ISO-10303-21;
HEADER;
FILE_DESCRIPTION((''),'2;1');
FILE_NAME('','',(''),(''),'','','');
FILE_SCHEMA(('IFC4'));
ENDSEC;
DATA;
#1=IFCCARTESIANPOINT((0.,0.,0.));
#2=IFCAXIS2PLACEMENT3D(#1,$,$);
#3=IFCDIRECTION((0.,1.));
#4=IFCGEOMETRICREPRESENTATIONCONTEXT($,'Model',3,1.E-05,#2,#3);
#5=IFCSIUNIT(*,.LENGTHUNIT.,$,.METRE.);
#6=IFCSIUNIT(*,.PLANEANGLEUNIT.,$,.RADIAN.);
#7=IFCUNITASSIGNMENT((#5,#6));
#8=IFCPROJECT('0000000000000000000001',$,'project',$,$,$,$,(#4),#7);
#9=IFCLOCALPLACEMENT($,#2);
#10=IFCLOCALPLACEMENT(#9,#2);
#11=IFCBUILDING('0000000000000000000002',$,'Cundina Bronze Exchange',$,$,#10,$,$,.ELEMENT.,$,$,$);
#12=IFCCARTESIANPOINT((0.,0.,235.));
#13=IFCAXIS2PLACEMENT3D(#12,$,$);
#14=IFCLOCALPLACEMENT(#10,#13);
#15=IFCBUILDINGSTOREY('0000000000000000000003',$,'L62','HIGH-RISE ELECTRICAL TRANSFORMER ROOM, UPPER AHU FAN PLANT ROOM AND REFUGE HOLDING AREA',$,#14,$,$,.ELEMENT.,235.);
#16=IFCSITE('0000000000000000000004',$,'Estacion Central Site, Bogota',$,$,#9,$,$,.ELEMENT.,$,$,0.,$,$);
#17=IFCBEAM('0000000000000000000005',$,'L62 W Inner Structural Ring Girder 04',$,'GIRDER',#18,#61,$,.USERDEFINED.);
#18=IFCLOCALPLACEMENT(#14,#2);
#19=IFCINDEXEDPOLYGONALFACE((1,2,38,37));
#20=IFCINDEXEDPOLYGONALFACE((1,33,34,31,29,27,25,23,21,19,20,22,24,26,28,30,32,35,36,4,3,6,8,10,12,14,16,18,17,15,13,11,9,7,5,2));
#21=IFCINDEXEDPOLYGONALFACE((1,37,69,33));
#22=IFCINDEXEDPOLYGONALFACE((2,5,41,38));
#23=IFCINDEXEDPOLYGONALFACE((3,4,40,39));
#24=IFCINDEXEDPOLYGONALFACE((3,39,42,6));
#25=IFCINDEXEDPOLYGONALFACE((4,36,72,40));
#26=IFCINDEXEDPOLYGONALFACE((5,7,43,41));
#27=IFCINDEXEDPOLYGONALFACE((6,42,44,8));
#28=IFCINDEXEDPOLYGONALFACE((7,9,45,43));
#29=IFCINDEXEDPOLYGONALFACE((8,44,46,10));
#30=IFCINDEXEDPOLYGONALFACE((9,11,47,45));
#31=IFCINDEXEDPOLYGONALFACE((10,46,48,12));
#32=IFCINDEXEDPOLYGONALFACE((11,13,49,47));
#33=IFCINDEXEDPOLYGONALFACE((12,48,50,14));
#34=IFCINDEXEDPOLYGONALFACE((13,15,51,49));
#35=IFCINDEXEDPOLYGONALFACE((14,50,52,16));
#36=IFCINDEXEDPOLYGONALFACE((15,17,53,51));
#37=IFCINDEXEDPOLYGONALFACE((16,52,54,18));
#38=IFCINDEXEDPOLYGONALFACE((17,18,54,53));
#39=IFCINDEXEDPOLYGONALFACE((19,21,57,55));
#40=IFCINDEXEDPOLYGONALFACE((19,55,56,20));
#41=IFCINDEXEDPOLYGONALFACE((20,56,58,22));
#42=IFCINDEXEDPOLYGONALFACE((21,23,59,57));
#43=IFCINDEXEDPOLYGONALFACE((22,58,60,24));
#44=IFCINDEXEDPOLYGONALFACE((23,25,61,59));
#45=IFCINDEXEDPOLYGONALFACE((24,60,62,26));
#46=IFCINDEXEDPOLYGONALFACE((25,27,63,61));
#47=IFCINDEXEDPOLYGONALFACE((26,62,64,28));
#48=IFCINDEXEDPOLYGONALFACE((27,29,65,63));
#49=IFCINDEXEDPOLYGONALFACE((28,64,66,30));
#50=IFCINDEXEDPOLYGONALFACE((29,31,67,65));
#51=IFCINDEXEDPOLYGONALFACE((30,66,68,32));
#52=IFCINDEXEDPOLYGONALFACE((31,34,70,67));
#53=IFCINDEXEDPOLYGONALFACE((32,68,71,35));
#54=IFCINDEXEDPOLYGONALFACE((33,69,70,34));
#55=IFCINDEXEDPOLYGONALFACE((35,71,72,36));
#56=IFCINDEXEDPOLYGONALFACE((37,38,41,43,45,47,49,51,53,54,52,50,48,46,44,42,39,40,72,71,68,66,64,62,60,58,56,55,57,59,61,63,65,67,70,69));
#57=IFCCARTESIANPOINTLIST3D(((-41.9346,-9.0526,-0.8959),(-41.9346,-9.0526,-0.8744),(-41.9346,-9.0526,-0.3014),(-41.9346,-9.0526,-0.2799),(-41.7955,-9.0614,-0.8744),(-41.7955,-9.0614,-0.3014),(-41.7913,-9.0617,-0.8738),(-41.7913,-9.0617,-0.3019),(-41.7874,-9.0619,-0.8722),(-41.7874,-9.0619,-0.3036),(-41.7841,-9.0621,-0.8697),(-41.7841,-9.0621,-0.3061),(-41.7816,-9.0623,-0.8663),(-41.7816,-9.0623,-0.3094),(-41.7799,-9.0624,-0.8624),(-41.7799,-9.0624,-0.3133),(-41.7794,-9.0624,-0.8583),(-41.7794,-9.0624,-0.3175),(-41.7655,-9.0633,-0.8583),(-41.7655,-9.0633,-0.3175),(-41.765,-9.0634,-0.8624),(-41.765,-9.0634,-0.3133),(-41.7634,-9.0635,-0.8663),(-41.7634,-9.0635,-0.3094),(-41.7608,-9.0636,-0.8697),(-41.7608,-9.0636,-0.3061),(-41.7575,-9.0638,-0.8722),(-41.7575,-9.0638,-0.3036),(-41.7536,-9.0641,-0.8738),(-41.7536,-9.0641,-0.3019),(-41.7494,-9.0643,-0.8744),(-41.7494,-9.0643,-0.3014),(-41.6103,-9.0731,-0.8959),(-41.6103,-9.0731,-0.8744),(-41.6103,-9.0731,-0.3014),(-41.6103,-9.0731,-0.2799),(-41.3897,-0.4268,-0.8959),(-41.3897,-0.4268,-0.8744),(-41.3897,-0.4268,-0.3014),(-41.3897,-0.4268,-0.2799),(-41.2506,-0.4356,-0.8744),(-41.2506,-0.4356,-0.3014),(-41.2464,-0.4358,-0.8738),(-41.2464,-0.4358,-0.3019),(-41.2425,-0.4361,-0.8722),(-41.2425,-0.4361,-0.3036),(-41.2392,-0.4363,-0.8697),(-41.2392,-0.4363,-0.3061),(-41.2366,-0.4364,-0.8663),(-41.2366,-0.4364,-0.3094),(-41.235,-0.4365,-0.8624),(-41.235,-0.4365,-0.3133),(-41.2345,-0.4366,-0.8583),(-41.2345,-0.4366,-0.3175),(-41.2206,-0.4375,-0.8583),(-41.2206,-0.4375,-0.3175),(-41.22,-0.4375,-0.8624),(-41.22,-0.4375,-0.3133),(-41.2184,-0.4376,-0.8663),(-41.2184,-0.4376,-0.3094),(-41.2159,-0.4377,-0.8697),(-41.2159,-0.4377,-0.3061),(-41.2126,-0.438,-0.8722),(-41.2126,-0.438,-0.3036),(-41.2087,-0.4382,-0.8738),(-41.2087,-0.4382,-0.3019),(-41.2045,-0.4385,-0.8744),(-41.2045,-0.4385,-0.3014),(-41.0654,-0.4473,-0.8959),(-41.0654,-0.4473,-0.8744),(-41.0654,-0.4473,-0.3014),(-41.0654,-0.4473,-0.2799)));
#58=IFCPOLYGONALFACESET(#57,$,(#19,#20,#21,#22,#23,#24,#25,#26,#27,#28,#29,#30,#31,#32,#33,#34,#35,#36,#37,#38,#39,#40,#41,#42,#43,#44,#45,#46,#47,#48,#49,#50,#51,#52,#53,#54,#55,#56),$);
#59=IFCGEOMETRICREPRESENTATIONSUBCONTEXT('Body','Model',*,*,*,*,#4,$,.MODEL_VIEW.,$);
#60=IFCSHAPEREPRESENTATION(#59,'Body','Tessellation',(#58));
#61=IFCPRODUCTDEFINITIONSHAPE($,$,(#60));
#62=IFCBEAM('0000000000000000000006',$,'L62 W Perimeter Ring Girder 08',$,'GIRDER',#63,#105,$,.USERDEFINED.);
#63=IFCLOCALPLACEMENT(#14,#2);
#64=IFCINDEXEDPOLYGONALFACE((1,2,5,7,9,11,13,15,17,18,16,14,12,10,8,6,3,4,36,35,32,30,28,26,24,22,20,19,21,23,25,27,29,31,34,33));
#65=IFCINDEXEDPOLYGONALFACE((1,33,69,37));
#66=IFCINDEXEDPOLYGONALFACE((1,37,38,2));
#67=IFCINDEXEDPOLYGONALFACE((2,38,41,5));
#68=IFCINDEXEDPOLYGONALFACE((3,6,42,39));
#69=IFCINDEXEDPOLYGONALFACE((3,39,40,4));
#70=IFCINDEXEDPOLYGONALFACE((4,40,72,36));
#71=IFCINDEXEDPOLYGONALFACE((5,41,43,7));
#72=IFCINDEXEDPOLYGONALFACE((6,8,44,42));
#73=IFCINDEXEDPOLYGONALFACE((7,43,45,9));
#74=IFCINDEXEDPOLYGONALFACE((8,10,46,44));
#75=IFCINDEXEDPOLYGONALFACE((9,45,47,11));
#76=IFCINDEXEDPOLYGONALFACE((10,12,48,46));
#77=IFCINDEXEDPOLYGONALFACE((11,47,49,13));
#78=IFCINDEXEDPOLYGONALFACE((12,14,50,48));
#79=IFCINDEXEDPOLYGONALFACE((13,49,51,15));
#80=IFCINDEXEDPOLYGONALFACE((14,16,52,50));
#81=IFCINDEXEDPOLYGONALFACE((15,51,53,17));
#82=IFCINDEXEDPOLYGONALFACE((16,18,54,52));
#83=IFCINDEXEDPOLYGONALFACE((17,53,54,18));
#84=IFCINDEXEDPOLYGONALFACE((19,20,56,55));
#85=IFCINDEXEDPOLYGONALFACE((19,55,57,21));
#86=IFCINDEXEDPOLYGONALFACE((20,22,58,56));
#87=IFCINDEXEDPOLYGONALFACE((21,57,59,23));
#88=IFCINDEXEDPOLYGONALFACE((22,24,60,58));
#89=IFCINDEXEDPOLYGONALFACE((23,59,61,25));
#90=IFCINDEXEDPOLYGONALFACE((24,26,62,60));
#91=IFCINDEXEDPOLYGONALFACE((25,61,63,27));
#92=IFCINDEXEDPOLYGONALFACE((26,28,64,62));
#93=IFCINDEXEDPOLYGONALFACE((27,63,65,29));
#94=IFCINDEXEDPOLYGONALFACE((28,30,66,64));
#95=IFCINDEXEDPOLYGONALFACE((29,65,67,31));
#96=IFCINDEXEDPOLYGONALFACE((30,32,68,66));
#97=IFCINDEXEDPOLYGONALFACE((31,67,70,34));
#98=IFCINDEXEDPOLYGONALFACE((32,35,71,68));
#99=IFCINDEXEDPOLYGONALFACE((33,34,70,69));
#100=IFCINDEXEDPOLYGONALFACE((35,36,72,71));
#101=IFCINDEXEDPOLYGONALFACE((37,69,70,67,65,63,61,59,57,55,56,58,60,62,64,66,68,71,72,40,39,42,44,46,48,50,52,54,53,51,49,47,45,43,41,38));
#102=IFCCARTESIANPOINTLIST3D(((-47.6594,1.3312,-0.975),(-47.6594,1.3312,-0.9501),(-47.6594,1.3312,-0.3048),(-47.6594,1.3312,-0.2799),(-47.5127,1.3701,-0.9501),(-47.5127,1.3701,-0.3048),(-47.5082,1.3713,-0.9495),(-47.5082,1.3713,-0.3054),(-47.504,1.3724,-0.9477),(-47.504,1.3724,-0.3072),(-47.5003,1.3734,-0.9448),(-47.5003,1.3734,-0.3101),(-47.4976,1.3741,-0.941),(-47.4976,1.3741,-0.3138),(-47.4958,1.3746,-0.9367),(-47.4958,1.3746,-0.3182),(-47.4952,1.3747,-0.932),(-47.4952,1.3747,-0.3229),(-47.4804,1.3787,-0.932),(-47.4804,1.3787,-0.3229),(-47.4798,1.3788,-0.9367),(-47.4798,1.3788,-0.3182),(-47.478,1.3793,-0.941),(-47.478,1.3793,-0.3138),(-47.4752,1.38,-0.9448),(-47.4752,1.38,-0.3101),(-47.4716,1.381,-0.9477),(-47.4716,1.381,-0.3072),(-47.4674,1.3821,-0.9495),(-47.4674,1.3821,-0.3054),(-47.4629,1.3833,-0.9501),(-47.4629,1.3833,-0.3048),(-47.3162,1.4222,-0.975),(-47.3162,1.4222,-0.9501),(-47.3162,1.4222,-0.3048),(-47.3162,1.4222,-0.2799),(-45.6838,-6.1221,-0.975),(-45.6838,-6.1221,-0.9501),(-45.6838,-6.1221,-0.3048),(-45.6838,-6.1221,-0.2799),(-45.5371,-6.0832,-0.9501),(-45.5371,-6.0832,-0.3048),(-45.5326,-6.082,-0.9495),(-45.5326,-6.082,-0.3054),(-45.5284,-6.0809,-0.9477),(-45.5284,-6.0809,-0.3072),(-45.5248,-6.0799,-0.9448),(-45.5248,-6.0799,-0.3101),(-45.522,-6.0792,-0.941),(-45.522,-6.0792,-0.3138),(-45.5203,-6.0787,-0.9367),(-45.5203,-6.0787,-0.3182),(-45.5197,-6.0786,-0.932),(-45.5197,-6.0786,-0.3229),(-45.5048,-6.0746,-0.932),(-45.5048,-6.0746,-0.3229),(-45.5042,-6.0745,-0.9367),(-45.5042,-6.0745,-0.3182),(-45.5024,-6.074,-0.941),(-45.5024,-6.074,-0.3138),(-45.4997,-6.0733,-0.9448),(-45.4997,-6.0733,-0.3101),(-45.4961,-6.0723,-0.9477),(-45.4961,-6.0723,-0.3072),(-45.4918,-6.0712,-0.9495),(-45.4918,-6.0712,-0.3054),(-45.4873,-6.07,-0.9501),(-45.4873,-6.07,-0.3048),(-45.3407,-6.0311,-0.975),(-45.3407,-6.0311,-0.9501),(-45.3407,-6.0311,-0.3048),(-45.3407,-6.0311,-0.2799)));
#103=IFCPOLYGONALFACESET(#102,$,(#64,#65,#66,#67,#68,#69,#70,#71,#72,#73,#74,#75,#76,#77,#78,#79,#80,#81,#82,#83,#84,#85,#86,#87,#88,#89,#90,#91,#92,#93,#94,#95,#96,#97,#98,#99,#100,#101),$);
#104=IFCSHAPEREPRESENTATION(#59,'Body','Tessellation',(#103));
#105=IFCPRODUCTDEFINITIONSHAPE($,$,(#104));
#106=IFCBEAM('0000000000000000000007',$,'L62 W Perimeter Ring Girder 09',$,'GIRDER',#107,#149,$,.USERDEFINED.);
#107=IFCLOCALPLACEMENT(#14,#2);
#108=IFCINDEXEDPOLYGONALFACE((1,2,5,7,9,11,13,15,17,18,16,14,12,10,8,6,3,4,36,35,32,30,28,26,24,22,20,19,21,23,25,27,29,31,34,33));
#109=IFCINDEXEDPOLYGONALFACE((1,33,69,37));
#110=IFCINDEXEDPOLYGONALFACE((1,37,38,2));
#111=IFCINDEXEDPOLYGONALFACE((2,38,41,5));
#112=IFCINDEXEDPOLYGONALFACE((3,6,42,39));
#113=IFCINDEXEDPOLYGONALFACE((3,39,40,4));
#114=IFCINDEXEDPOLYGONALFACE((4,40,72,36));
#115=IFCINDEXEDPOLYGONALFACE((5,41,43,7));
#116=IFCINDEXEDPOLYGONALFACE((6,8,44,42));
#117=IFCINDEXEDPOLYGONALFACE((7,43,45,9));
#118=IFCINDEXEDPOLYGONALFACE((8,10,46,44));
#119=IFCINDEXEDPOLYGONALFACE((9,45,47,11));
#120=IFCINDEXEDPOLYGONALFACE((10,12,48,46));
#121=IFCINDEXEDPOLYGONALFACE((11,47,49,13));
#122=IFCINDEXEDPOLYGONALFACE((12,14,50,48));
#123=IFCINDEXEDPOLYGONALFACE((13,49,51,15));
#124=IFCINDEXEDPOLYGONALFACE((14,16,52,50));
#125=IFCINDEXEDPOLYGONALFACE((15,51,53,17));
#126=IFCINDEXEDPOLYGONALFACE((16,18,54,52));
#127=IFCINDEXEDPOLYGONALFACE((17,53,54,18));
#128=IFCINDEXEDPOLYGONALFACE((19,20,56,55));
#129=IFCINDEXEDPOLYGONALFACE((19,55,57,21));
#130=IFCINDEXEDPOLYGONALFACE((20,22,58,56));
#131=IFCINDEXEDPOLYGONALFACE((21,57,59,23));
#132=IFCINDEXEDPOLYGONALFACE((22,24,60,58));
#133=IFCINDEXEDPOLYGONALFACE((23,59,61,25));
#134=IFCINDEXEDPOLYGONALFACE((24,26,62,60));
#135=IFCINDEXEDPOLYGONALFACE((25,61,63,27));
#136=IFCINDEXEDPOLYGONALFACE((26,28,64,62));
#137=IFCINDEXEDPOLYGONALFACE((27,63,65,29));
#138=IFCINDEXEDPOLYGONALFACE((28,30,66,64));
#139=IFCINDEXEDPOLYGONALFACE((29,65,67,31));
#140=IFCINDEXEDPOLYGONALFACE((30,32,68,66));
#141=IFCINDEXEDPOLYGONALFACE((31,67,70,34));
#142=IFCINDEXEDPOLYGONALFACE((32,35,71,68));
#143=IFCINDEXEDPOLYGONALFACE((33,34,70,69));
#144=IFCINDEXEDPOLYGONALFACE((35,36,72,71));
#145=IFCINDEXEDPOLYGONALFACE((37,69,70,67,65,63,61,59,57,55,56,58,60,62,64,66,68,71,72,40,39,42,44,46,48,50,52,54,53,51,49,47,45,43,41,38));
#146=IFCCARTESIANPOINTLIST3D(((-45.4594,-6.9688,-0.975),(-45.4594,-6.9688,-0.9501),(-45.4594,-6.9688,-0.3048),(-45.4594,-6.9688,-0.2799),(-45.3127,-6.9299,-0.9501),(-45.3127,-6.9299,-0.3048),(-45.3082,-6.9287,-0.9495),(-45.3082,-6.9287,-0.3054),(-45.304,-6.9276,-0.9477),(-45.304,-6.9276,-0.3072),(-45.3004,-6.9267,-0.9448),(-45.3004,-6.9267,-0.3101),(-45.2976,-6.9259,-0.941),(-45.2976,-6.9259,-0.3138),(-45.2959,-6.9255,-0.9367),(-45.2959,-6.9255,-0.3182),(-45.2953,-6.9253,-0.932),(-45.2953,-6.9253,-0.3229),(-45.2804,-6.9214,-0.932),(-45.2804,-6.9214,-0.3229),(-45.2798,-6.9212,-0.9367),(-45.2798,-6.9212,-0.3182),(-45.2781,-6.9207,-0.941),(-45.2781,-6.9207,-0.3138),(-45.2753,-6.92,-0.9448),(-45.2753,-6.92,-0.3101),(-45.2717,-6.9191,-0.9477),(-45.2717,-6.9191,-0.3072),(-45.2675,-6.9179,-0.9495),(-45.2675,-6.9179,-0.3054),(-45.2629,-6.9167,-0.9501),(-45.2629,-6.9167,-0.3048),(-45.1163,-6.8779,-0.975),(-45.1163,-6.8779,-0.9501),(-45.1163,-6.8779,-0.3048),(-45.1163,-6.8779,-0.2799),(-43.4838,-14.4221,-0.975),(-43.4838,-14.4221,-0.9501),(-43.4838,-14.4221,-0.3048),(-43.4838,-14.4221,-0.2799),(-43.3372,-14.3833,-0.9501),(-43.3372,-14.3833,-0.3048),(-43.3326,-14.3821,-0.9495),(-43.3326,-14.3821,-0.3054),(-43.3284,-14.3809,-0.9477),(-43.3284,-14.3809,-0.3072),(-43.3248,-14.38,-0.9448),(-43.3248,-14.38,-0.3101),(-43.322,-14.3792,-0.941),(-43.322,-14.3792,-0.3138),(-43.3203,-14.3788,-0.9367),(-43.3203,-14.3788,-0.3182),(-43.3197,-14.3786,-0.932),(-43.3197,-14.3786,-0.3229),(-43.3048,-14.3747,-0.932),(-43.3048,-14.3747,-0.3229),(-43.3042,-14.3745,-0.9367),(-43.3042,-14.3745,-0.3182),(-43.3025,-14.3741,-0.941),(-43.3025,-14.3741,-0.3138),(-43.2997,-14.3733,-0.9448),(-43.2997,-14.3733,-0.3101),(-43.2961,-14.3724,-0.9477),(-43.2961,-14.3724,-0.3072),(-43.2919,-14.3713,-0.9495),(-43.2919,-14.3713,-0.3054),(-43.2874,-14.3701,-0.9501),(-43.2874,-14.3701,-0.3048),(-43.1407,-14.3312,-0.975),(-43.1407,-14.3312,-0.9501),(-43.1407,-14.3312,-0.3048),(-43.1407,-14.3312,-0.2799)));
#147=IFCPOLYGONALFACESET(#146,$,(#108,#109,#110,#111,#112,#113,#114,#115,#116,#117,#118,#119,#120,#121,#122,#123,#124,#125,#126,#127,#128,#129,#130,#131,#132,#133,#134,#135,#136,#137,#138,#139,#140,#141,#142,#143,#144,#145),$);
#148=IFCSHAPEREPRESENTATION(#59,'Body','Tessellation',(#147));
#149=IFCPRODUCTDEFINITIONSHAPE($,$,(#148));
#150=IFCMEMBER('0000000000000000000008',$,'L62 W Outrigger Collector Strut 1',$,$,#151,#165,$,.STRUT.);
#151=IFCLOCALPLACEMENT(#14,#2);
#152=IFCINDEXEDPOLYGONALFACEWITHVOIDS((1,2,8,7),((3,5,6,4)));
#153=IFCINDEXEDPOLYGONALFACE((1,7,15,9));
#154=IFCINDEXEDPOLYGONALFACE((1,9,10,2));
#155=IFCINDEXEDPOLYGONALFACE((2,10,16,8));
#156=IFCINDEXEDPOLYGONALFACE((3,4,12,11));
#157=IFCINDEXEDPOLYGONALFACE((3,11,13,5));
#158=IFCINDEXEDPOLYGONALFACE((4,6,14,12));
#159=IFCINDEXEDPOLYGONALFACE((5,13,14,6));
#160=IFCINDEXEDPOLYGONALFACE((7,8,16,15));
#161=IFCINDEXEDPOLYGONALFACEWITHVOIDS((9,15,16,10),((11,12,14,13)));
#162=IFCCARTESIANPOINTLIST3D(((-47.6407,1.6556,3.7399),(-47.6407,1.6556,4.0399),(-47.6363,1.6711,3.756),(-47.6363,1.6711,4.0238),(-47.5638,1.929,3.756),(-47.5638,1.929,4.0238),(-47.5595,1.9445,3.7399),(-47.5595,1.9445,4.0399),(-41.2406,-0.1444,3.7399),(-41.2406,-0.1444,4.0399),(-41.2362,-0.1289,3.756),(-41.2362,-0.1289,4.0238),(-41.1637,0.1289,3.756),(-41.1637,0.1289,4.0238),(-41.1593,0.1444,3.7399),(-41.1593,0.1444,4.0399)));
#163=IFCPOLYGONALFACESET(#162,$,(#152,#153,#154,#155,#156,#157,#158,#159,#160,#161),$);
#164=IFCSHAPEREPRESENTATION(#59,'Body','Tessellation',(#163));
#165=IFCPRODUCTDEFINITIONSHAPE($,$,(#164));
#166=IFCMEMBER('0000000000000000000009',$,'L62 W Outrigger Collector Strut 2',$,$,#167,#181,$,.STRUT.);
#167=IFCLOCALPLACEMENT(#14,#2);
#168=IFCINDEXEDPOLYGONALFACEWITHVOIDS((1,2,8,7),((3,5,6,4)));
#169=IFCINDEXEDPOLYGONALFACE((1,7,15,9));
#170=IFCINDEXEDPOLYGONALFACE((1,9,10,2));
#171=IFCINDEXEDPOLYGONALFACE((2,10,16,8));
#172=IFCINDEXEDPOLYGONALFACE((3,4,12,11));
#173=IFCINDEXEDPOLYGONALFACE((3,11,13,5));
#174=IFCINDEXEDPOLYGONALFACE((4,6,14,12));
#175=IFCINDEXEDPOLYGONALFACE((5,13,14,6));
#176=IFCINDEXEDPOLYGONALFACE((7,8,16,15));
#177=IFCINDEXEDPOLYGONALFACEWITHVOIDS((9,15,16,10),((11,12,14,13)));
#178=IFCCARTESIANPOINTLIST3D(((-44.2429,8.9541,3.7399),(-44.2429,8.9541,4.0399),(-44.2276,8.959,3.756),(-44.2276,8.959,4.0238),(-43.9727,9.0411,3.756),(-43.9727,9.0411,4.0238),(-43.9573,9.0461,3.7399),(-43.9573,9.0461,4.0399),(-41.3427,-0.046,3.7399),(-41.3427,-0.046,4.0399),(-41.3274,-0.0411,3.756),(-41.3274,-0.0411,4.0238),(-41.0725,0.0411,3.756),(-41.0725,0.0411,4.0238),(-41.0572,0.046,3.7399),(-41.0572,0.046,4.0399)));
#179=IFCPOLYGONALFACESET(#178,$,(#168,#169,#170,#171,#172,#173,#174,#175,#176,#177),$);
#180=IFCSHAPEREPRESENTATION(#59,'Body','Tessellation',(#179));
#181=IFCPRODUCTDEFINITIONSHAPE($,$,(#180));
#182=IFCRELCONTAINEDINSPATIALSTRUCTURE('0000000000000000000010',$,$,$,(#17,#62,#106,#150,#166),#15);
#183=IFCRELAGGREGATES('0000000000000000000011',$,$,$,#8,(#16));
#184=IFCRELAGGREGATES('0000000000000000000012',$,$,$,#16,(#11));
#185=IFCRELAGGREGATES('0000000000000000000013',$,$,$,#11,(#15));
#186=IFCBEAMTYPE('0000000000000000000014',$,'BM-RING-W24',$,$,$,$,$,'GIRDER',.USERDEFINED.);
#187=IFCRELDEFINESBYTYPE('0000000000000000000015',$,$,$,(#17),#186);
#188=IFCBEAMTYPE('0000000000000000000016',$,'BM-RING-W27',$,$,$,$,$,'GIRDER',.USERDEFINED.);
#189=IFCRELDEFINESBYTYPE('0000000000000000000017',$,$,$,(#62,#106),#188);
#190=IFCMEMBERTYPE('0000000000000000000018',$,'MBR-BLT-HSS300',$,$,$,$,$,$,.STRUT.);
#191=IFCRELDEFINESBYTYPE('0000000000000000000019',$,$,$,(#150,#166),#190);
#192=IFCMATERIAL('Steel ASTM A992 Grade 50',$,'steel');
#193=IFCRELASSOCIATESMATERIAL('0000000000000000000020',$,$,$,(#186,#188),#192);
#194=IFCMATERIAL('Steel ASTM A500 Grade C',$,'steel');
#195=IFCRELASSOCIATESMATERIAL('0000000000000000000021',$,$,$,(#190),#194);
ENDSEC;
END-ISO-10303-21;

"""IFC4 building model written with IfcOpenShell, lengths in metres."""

from ifc_helpers import new_model, si_unit, direction, frame, origin, origin_2d, place, context, subcontext, project, spatial, hollow_rectangle, i_section, extrude, material, material_profile, profile_set, type_object, element, save


model = new_model("IFC4")

# Units and contexts
model_context = context("Model", 3, precision=1e-05, world=origin(), true_north=direction((0.0, 1.0)))
body_context = subcontext(model_context, "Body", "Model", "MODEL_VIEW")
ifc_project = project(units=[si_unit("LENGTHUNIT", "METRE"), si_unit("PLANEANGLEUNIT", "RADIAN")], contexts=[model_context])

# Site, building, storey
site_placement = place(None, origin())
site = spatial("IfcSite", under=ifc_project, at=site_placement, Name="Estacion Central Site, Bogota", CompositionType="ELEMENT", RefElevation=0.0)
building_placement = place(site_placement, origin())
building = spatial("IfcBuilding", under=site, at=building_placement, Name="Cundina Bronze Exchange", CompositionType="ELEMENT")
storey_placement = place(building_placement, frame((0.0, 0.0, 235.0)))
storey = spatial("IfcBuildingStorey", under=building, at=storey_placement, Name="L62", Description="HIGH-RISE ELECTRICAL TRANSFORMER ROOM, UPPER AHU FAN PLANT ROOM AND REFUGE HOLDING AREA", CompositionType="ELEMENT", Elevation=235.0)

# Beams
ifc_material_1 = material(Name="Steel ASTM A992 Grade 50", Category="steel")
ifc_material_profile_1 = material_profile(ifc_material_1, i_section(OverallWidth=0.325, OverallDepth=0.616, WebThickness=0.0139, FlangeThickness=0.0215, FilletRadius=0.0161, at=origin_2d()), Name="W24X117", Category="steel")
ifc_profile_set_1 = profile_set([ifc_material_profile_1], Name="Steel ASTM A992 Grade 50")
beam_type_1 = type_object("IfcBeamType", Name="BM-RING-W24", ElementType="GIRDER", PredefinedType="USERDEFINED", material=ifc_profile_set_1)
beam_1_placement = place(storey_placement, frame((-41.2275, -0.437, -0.5879), z_axis=(-0.063047, -0.998011, 0.0), x_axis=(0.998011, -0.063047, 0.0)))
element("IfcBeam", 1, at=beam_1_placement, inside=storey, type_object=beam_type_1, Name="L62 W Inner Structural Ring Girder 04", ObjectType="GIRDER", PredefinedType="USERDEFINED", context=body_context, shape_type="SweptSolid", body=[
    extrude(i_section(OverallWidth=0.325, OverallDepth=0.616, WebThickness=0.0139, FlangeThickness=0.0215, FilletRadius=0.0161, at=origin_2d()), origin(), (0.0, 0.0, 1.0), 8.6431),
])
ifc_material_profile_2 = material_profile(ifc_material_1, i_section(OverallWidth=0.355, OverallDepth=0.6951, WebThickness=0.0154, FlangeThickness=0.0249, FilletRadius=0.0181, at=origin_2d()), Name="W27X146", Category="steel")
ifc_profile_set_2 = profile_set([ifc_material_profile_2], Name="Steel ASTM A992 Grade 50")
beam_type_2 = type_object("IfcBeamType", Name="BM-RING-W27", ElementType="GIRDER", PredefinedType="USERDEFINED", material=ifc_profile_set_2)
for number, where, z_axis, x_axis, name in (
    (2, (-47.4878, 1.3767, -0.6274), (0.256212, -0.966621, 0.0), (0.966621, 0.256212, 0.0), "L62 W Perimeter Ring Girder 08"),
    (3, (-45.2878, -6.9233, -0.6274), (0.256212, -0.966621, 0.0), (0.966621, 0.256212, 0.0), "L62 W Perimeter Ring Girder 09"),
):
    element("IfcBeam", number, at=place(storey_placement, frame(where, z_axis=z_axis, x_axis=x_axis)), inside=storey, type_object=beam_type_2, Name=name, ObjectType="GIRDER", PredefinedType="USERDEFINED", context=body_context, shape_type="SweptSolid", body=[
        extrude(i_section(OverallWidth=0.355, OverallDepth=0.6951, WebThickness=0.0154, FlangeThickness=0.0249, FilletRadius=0.0181, at=origin_2d()), origin(), (0.0, 0.0, 1.0), 7.7107),
    ])

# Members
ifc_material_2 = material(Name="Steel ASTM A500 Grade C", Category="steel")
ifc_material_profile_3 = material_profile(ifc_material_2, hollow_rectangle(XDim=0.3, YDim=0.3, WallThickness=0.0161, at=origin_2d()), Name="HSS300X300X16", Category="steel")
ifc_profile_set_3 = profile_set([ifc_material_profile_3], Name="Steel ASTM A500 Grade C")
member_type_1 = type_object("IfcMemberType", Name="MBR-BLT-HSS300", PredefinedType="STRUT", material=ifc_profile_set_3)
member_1_placement = place(storey_placement, frame((-41.2, 0.0, 3.8899), z_axis=(-0.962651, 0.270747, 0.0), x_axis=(-0.270747, -0.962651, 0.0)))
element("IfcMember", 4, at=member_1_placement, inside=storey, type_object=member_type_1, Name="L62 W Outrigger Collector Strut 1", PredefinedType="STRUT", context=body_context, shape_type="SweptSolid", body=[
    extrude(hollow_rectangle(XDim=0.3, YDim=0.3, WallThickness=0.0161, at=origin_2d()), origin(), (0.0, 0.0, 1.0), 6.6484),
])
member_2_placement = place(storey_placement, frame((-41.2, 0.0, 3.8899), z_axis=(-0.306708, 0.951804, 0.0), x_axis=(-0.951804, -0.306708, 0.0)))
element("IfcMember", 5, at=member_2_placement, inside=storey, type_object=member_type_1, Name="L62 W Outrigger Collector Strut 2", PredefinedType="STRUT", context=body_context, shape_type="SweptSolid", body=[
    extrude(hollow_rectangle(XDim=0.3, YDim=0.3, WallThickness=0.0161, at=origin_2d()), origin(), (0.0, 0.0, 1.0), 9.4558),
])

save(model, "model.ifc")
